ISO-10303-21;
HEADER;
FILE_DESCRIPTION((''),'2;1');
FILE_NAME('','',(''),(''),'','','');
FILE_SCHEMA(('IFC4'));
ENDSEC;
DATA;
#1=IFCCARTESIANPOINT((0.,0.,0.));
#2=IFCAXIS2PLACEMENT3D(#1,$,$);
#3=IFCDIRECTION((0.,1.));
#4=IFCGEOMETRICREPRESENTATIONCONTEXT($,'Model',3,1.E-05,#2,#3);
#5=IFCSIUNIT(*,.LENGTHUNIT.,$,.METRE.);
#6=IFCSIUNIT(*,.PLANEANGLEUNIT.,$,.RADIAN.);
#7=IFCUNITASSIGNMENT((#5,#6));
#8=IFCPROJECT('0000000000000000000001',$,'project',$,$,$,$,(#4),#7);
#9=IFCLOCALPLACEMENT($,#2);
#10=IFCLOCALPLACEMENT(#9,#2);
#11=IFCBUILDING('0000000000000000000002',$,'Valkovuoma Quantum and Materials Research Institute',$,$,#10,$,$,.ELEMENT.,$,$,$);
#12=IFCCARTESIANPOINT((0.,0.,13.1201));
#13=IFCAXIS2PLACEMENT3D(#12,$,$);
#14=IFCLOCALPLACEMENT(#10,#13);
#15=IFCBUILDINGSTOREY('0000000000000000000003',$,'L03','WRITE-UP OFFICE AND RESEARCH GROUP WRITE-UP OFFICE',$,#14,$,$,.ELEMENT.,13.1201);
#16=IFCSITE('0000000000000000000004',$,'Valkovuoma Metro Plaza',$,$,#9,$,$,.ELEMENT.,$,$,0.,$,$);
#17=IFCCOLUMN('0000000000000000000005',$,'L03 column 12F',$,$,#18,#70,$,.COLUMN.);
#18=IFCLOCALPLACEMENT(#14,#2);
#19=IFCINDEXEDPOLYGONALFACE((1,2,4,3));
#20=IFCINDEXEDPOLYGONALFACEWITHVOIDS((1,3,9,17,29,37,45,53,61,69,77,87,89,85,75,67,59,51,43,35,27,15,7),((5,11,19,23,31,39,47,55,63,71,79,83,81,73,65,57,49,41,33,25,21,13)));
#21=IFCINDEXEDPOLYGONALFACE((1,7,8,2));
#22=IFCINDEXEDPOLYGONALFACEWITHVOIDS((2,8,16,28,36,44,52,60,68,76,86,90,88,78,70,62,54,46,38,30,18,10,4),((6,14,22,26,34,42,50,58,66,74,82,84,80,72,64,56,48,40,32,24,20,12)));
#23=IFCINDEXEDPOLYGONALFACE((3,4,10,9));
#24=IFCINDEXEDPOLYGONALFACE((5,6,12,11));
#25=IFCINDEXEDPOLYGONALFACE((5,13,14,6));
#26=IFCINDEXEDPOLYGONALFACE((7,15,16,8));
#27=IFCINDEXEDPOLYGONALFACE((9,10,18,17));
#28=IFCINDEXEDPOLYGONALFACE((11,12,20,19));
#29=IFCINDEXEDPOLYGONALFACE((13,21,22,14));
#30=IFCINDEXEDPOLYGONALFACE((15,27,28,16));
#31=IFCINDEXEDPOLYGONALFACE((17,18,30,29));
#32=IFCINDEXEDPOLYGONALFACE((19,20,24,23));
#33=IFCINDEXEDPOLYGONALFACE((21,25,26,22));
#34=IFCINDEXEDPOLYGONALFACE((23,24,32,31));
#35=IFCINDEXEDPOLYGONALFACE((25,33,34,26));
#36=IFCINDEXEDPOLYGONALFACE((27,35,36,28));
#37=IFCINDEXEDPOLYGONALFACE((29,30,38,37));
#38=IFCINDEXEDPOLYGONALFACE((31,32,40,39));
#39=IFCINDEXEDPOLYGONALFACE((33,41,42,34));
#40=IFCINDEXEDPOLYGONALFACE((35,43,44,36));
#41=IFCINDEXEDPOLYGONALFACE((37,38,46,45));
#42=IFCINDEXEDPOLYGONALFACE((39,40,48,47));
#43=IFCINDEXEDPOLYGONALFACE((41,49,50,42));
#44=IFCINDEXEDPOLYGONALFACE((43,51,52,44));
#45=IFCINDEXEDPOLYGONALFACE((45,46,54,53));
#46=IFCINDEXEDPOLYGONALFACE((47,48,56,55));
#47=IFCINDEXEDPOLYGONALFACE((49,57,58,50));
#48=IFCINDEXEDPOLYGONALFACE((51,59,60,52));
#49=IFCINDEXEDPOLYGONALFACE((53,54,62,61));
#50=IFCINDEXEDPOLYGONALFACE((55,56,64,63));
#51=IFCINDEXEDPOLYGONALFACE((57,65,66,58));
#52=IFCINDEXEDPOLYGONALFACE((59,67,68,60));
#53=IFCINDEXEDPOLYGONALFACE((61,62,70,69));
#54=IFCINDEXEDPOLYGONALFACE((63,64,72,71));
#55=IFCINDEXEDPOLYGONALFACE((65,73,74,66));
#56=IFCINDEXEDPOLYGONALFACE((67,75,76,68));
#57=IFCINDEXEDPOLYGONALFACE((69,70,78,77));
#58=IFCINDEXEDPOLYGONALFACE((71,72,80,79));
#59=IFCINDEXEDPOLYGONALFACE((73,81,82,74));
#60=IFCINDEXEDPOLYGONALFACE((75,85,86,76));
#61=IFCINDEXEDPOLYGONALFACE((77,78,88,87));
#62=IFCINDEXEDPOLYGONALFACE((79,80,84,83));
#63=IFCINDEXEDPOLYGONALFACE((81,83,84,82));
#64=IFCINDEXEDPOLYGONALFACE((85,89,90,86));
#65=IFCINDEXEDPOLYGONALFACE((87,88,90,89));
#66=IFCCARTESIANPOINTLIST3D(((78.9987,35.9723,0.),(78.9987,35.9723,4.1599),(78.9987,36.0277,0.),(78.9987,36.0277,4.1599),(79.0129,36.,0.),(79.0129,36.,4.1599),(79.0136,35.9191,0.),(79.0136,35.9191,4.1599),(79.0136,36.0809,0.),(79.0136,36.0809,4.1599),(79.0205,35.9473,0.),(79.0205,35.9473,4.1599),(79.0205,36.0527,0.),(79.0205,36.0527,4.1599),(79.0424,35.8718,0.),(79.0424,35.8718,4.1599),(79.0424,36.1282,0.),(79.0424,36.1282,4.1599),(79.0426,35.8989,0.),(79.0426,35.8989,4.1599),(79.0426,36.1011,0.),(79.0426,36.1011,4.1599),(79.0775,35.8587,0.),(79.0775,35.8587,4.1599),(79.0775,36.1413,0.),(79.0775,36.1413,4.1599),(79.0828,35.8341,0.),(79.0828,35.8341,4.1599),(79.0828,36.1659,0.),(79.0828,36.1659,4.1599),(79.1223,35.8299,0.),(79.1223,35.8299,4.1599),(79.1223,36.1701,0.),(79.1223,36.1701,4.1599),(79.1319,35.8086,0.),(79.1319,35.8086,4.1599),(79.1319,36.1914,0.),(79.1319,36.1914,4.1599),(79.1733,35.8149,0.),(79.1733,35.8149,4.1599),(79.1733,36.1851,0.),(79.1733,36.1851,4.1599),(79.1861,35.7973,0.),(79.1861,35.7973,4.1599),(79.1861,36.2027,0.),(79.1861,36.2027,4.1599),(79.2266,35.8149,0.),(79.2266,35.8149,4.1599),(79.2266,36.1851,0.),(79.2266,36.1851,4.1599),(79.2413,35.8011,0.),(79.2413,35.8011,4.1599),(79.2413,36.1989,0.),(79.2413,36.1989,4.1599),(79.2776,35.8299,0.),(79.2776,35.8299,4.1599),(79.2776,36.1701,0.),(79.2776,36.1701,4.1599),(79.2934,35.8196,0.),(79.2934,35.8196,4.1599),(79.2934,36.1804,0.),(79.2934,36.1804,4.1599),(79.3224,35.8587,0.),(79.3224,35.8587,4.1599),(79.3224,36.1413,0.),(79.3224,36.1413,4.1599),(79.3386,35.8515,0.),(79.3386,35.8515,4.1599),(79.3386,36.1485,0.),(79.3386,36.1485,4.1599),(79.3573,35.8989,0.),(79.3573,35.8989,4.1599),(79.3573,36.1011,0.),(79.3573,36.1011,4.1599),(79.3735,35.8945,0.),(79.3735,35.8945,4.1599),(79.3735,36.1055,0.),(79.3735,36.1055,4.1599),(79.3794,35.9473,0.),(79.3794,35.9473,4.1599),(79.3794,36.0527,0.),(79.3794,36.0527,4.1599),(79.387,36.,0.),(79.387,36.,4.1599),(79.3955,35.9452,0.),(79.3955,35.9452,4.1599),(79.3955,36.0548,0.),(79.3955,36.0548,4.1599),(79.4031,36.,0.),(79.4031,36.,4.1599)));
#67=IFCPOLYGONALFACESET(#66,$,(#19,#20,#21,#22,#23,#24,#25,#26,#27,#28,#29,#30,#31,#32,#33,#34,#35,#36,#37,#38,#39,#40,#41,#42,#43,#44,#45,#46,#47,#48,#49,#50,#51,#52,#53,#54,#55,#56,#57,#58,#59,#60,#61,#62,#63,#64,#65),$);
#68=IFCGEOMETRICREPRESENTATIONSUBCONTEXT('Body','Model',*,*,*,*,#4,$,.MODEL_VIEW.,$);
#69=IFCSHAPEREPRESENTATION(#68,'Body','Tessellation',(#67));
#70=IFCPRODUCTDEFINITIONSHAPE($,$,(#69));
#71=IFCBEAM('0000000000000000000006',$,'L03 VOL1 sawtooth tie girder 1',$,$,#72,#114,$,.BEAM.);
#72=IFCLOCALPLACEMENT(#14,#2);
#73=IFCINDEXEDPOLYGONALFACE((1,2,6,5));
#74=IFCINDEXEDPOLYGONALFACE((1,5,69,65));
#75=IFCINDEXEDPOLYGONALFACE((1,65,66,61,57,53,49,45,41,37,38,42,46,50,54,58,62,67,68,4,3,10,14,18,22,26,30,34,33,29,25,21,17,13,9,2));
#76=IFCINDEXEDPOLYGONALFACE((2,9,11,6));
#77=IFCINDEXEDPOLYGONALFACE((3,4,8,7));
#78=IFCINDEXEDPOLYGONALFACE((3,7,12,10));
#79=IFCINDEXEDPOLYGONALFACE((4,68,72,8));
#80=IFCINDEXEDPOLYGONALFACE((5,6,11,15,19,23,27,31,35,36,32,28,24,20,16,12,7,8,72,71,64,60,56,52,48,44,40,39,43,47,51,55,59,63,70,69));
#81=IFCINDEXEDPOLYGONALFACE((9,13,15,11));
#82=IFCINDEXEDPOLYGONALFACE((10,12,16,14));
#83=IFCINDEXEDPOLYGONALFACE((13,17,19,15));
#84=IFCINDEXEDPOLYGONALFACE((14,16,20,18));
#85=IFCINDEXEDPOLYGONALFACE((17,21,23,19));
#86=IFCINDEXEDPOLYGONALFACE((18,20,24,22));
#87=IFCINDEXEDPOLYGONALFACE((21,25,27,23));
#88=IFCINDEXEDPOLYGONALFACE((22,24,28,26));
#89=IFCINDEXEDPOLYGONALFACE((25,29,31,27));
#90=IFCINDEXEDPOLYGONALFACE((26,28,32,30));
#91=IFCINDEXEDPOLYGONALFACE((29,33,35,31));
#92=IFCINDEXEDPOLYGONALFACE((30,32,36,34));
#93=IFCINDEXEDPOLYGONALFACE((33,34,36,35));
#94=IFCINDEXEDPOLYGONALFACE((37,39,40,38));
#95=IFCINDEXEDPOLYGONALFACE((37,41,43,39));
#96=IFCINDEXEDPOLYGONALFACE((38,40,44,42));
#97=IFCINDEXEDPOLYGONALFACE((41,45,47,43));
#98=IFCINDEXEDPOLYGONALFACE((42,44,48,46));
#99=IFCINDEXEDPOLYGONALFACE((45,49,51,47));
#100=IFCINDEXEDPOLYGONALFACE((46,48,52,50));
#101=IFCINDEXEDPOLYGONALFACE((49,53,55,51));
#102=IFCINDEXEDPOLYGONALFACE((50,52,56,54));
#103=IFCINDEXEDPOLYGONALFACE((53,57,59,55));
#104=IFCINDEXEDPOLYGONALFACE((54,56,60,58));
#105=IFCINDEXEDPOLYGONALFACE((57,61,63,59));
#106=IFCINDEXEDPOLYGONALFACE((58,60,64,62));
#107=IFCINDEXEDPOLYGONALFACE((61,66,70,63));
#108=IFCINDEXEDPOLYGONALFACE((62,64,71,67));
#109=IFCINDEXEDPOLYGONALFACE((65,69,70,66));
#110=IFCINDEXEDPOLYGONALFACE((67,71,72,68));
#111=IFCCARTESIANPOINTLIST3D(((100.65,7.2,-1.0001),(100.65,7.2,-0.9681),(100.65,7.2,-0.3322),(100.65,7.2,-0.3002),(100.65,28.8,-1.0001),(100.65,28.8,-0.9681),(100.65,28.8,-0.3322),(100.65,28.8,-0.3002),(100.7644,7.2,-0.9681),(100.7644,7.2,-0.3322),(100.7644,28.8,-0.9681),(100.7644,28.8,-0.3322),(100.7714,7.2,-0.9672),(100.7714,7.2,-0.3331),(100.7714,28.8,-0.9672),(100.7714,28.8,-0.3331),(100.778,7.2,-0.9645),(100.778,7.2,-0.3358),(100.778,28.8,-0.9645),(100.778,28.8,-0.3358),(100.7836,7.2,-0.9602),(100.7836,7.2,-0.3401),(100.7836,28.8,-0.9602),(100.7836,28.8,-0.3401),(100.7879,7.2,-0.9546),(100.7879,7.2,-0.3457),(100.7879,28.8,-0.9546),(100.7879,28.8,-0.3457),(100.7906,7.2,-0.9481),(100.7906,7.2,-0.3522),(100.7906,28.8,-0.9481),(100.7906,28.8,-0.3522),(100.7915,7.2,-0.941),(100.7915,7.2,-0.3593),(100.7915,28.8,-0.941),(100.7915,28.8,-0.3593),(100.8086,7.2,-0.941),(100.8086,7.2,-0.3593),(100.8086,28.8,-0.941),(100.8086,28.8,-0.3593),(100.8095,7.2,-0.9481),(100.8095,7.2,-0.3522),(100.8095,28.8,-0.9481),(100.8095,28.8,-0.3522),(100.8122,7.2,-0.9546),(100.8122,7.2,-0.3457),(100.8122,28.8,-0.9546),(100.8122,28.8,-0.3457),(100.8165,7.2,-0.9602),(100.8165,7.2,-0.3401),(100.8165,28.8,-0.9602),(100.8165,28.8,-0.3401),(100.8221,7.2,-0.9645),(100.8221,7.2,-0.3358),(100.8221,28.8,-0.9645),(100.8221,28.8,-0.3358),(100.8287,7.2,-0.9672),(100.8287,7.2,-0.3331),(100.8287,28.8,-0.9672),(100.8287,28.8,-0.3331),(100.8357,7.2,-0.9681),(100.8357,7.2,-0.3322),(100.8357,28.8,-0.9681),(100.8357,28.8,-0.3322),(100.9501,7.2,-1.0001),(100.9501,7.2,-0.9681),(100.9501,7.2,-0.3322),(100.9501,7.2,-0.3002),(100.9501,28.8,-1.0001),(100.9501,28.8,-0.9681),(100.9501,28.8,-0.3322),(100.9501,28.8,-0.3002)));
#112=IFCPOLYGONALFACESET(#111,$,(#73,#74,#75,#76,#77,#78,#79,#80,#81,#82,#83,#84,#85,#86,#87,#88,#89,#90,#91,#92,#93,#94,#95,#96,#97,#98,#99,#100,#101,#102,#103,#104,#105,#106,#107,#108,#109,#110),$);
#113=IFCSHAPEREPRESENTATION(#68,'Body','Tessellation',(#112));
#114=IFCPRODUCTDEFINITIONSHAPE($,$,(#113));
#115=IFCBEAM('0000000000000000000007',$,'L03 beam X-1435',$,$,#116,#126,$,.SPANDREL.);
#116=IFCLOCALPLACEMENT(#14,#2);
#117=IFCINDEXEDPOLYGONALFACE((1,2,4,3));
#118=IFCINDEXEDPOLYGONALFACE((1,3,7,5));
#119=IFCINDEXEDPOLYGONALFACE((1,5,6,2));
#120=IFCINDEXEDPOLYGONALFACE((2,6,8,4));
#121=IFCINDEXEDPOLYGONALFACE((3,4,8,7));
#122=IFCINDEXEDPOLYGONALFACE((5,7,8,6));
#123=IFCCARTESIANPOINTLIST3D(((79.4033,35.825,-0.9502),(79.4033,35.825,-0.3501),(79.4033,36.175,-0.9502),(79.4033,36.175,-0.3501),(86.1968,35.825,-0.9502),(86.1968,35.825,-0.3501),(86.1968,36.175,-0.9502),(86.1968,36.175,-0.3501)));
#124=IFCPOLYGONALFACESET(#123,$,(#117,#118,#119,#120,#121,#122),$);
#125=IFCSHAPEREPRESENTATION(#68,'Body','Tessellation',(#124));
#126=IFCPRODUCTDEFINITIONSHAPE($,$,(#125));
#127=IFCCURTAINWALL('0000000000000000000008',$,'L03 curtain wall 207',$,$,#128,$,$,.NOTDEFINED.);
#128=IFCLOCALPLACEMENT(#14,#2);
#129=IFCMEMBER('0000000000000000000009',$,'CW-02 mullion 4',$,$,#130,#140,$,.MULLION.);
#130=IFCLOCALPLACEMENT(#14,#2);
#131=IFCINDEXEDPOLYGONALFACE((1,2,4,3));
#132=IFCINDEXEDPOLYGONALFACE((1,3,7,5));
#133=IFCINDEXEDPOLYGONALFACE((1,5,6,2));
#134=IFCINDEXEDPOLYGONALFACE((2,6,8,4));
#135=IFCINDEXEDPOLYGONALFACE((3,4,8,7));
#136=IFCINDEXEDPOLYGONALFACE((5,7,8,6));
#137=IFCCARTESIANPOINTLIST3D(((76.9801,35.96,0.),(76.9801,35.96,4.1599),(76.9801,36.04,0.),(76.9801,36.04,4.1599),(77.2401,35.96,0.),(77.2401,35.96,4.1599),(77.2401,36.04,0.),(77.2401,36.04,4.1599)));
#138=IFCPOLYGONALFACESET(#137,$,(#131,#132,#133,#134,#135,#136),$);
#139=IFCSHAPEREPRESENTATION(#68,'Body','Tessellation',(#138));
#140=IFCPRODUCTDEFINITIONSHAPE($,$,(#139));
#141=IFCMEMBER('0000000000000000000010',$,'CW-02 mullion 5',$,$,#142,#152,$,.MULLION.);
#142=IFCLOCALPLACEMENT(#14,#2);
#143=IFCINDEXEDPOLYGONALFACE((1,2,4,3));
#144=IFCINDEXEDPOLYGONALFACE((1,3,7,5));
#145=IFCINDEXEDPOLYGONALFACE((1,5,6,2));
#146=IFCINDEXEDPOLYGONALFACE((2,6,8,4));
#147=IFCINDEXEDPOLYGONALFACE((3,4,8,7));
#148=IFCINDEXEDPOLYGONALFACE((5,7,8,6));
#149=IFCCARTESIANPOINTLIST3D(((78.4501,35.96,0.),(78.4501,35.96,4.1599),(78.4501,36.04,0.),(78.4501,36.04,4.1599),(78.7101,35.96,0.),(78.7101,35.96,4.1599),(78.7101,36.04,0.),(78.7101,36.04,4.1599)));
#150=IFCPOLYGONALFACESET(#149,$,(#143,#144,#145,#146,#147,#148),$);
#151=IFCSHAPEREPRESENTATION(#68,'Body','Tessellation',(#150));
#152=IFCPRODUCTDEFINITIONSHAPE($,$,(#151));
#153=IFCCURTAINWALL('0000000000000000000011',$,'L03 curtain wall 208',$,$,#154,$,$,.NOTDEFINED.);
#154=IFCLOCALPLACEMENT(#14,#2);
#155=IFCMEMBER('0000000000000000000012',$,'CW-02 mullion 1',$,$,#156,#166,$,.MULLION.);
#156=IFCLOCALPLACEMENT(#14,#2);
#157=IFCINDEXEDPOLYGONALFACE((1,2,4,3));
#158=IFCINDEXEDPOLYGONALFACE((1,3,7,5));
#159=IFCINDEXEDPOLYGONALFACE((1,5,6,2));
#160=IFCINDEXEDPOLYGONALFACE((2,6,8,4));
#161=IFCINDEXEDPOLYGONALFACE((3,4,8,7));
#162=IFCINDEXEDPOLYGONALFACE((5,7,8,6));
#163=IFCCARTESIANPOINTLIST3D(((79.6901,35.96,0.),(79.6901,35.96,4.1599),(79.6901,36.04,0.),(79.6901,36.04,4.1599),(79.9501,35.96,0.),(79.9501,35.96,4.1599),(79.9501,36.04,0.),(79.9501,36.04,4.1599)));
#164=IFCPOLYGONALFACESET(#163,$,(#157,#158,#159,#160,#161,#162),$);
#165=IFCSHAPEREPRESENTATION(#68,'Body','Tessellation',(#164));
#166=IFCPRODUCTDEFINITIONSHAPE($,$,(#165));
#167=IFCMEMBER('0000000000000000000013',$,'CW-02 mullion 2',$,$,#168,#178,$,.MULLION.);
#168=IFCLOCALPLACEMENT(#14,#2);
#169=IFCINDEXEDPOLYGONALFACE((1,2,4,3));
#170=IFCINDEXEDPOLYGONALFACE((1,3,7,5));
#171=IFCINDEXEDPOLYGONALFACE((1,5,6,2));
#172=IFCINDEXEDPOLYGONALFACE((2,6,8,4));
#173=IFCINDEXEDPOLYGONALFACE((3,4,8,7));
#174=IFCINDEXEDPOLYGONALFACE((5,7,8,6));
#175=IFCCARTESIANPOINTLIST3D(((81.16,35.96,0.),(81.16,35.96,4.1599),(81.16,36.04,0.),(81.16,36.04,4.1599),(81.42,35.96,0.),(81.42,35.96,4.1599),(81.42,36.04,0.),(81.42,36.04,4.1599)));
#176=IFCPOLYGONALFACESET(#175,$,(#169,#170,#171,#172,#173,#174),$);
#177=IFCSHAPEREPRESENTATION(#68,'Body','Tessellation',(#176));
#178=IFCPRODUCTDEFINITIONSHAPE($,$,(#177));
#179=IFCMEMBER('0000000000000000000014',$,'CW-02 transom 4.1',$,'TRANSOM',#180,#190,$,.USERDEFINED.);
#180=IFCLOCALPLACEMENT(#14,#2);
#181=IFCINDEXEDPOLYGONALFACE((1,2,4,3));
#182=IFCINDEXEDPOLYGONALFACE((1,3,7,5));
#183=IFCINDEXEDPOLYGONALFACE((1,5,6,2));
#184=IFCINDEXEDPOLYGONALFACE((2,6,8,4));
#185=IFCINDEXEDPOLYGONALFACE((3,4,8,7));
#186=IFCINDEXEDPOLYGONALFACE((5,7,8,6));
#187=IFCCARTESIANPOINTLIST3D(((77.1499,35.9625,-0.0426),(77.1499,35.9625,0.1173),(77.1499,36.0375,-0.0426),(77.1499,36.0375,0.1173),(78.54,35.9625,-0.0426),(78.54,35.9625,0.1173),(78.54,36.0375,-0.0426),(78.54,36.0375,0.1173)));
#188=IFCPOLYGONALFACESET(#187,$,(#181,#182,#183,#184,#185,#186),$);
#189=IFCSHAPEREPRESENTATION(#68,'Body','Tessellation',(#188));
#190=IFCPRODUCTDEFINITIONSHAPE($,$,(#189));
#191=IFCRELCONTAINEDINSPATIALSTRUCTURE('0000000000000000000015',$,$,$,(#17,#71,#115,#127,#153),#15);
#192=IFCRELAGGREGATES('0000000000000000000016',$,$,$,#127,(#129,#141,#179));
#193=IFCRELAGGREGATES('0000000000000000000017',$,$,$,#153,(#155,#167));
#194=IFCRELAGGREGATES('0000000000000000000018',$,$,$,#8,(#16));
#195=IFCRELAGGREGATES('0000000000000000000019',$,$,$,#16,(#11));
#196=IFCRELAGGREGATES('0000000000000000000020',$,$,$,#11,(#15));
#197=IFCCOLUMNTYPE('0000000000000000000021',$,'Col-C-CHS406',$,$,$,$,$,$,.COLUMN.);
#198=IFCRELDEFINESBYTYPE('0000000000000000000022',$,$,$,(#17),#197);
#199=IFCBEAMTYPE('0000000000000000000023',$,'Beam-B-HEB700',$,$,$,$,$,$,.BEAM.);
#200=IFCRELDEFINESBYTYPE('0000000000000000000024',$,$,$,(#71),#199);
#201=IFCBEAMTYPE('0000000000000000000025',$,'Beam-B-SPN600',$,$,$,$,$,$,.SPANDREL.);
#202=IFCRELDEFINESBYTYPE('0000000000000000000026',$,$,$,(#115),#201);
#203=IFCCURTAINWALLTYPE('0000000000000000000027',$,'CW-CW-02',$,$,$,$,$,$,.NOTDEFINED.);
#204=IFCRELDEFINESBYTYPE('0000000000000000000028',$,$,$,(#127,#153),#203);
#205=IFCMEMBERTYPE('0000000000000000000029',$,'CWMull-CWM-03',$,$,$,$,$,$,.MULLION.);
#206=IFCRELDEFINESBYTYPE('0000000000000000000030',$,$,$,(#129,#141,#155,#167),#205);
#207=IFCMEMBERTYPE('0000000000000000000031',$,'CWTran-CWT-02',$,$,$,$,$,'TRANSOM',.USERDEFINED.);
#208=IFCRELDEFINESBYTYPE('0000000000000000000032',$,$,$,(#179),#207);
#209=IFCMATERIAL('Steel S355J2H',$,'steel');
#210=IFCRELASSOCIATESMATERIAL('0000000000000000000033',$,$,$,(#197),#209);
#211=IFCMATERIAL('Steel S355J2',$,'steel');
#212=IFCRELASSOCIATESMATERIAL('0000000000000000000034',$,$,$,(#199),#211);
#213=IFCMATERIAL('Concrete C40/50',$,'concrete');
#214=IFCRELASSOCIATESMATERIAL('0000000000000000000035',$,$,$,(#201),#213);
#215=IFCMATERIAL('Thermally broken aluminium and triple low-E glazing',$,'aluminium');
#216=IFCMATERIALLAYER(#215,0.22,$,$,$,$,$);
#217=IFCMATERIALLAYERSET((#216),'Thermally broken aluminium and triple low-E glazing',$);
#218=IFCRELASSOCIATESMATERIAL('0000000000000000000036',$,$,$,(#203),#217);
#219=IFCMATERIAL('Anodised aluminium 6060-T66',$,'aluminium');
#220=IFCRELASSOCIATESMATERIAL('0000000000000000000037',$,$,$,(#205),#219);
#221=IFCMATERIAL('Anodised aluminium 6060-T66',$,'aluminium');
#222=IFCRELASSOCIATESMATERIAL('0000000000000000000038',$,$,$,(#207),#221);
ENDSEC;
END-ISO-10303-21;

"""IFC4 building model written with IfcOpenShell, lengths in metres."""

from ifc_helpers import new_model, si_unit, direction, frame, origin, origin_2d, place, context, subcontext, project, spatial, rectangle, hollow_circle, i_section, extrude, material, layer, layer_set, material_profile, profile_set, type_object, element, aggregate, save


model = new_model("IFC4")

# Units and contexts
model_context = context("Model", 3, precision=1e-05, world=origin(), true_north=direction((0.0, 1.0)))
body_context = subcontext(model_context, "Body", "Model", "MODEL_VIEW")
ifc_project = project(units=[si_unit("LENGTHUNIT", "METRE"), si_unit("PLANEANGLEUNIT", "RADIAN")], contexts=[model_context])

# Site, building, storey
site_placement = place(None, origin())
site = spatial("IfcSite", under=ifc_project, at=site_placement, Name="Valkovuoma Metro Plaza", CompositionType="ELEMENT", RefElevation=0.0)
building_placement = place(site_placement, origin())
building = spatial("IfcBuilding", under=site, at=building_placement, Name="Valkovuoma Quantum and Materials Research Institute", CompositionType="ELEMENT")
storey_placement = place(building_placement, frame((0.0, 0.0, 13.1201)))
storey = spatial("IfcBuildingStorey", under=building, at=storey_placement, Name="L03", Description="WRITE-UP OFFICE AND RESEARCH GROUP WRITE-UP OFFICE", CompositionType="ELEMENT", Elevation=13.1201)

# Column
ifc_material_1 = material(Name="Steel S355J2H", Category="steel")
ifc_material_profile_1 = material_profile(ifc_material_1, hollow_circle(Radius=0.2031, WallThickness=0.0161, at=origin_2d()), Name="Steel S355J2H")
ifc_profile_set_1 = profile_set([ifc_material_profile_1], Name="Steel S355J2H")
column_type = type_object("IfcColumnType", Name="Col-C-CHS406", PredefinedType="COLUMN", material=ifc_profile_set_1)
column_placement = place(storey_placement, frame((79.2, 36.0, 0.0), z_axis=(0.0, 0.0, 1.0), x_axis=(1.0, 0.0, 0.0)))
element("IfcColumn", 1, at=column_placement, inside=storey, type_object=column_type, Name="L03 column 12F", PredefinedType="COLUMN", context=body_context, shape_type="SweptSolid", body=[
    extrude(hollow_circle(Radius=0.2031, WallThickness=0.0161, at=origin_2d()), origin(), (0.0, 0.0, 1.0), 4.1599),
])

# Beams
ifc_material_2 = material(Name="Steel S355J2", Category="steel")
ifc_material_profile_2 = material_profile(ifc_material_2, i_section(OverallWidth=0.3, OverallDepth=0.7, WebThickness=0.0171, FlangeThickness=0.032, FilletRadius=0.0271, at=origin_2d()), Name="Steel S355J2")
ifc_profile_set_2 = profile_set([ifc_material_profile_2], Name="Steel S355J2")
beam_type_1 = type_object("IfcBeamType", Name="Beam-B-HEB700", PredefinedType="BEAM", material=ifc_profile_set_2)
beam_1_placement = place(storey_placement, frame((100.8, 7.2, -0.6501), z_axis=(0.0, 1.0, 0.0), x_axis=(-1.0, 0.0, 0.0)))
element("IfcBeam", 2, at=beam_1_placement, inside=storey, type_object=beam_type_1, Name="L03 VOL1 sawtooth tie girder 1", PredefinedType="BEAM", context=body_context, shape_type="SweptSolid", body=[
    extrude(i_section(OverallWidth=0.3, OverallDepth=0.7, WebThickness=0.0171, FlangeThickness=0.032, FilletRadius=0.0271, at=origin_2d()), origin(), (0.0, 0.0, 1.0), 21.6001),
])
ifc_material_3 = material(Name="Concrete C40/50", Category="concrete")
ifc_material_profile_3 = material_profile(ifc_material_3, rectangle(XDim=0.3501, YDim=0.6001, at=origin_2d()), Name="Concrete C40/50")
ifc_profile_set_3 = profile_set([ifc_material_profile_3], Name="Concrete C40/50")
beam_type_2 = type_object("IfcBeamType", Name="Beam-B-SPN600", PredefinedType="SPANDREL", material=ifc_profile_set_3)
beam_2_placement = place(storey_placement, frame((79.4033, 36.0, -0.6501), z_axis=(1.0, 0.0, 0.0), x_axis=(0.0, 1.0, 0.0)))
element("IfcBeam", 3, at=beam_2_placement, inside=storey, type_object=beam_type_2, Name="L03 beam X-1435", PredefinedType="SPANDREL", context=body_context, shape_type="SweptSolid", body=[
    extrude(rectangle(XDim=0.3501, YDim=0.6001, at=origin_2d()), origin(), (0.0, 0.0, 1.0), 6.7935),
])

# Curtain walls, members
ifc_material_4 = material(Name="Thermally broken aluminium and triple low-E glazing", Category="aluminium")
ifc_layer_1 = layer(ifc_material_4, 0.22)
ifc_layer_set_1 = layer_set([ifc_layer_1], Name="Thermally broken aluminium and triple low-E glazing")
curtain_wall_type = type_object("IfcCurtainWallType", Name="CW-CW-02", PredefinedType="NOTDEFINED", material=ifc_layer_set_1)
curtain_wall_1_placement = place(storey_placement, origin())
curtain_wall_1 = element("IfcCurtainWall", 4, at=curtain_wall_1_placement, inside=storey, type_object=curtain_wall_type, Name="L03 curtain wall 207", PredefinedType="NOTDEFINED")
ifc_material_5 = material(Name="Anodised aluminium 6060-T66", Category="aluminium")
ifc_material_profile_4 = material_profile(ifc_material_5, rectangle(XDim=0.0801, YDim=0.26, at=origin_2d()), Name="Anodised aluminium 6060-T66")
ifc_profile_set_4 = profile_set([ifc_material_profile_4], Name="Anodised aluminium 6060-T66")
member_type_1 = type_object("IfcMemberType", Name="CWMull-CWM-03", PredefinedType="MULLION", material=ifc_profile_set_4)
member_1_placement = place(storey_placement, frame((77.1101, 36.0, 0.0), z_axis=(0.0, 0.0, 1.0), x_axis=(0.0, 1.0, 0.0)))
member_1 = element("IfcMember", 5, at=member_1_placement, type_object=member_type_1, Name="CW-02 mullion 4", PredefinedType="MULLION", context=body_context, shape_type="SweptSolid", body=[
    extrude(rectangle(XDim=0.0801, YDim=0.26, at=origin_2d()), origin(), (0.0, 0.0, 1.0), 4.1599),
])
member_2_placement = place(storey_placement, frame((78.5801, 36.0, 0.0), z_axis=(0.0, 0.0, 1.0), x_axis=(0.0, 1.0, 0.0)))
member_2 = element("IfcMember", 6, at=member_2_placement, type_object=member_type_1, Name="CW-02 mullion 5", PredefinedType="MULLION", context=body_context, shape_type="SweptSolid", body=[
    extrude(rectangle(XDim=0.0801, YDim=0.26, at=origin_2d()), origin(), (0.0, 0.0, 1.0), 4.1599),
])
curtain_wall_2_placement = place(storey_placement, origin())
curtain_wall_2 = element("IfcCurtainWall", 7, at=curtain_wall_2_placement, inside=storey, type_object=curtain_wall_type, Name="L03 curtain wall 208", PredefinedType="NOTDEFINED")
member_3_placement = place(storey_placement, frame((79.8201, 36.0, 0.0), z_axis=(0.0, 0.0, 1.0), x_axis=(0.0, 1.0, 0.0)))
member_3 = element("IfcMember", 8, at=member_3_placement, type_object=member_type_1, Name="CW-02 mullion 1", PredefinedType="MULLION", context=body_context, shape_type="SweptSolid", body=[
    extrude(rectangle(XDim=0.0801, YDim=0.26, at=origin_2d()), origin(), (0.0, 0.0, 1.0), 4.1599),
])
member_4_placement = place(storey_placement, frame((81.29, 36.0, 0.0), z_axis=(0.0, 0.0, 1.0), x_axis=(0.0, 1.0, 0.0)))
member_4 = element("IfcMember", 9, at=member_4_placement, type_object=member_type_1, Name="CW-02 mullion 2", PredefinedType="MULLION", context=body_context, shape_type="SweptSolid", body=[
    extrude(rectangle(XDim=0.0801, YDim=0.26, at=origin_2d()), origin(), (0.0, 0.0, 1.0), 4.1599),
])

# Member
ifc_material_6 = material(Name="Anodised aluminium 6060-T66", Category="aluminium")
ifc_material_profile_5 = material_profile(ifc_material_6, rectangle(XDim=0.075, YDim=0.1599, at=origin_2d()), Name="Anodised aluminium 6060-T66")
ifc_profile_set_5 = profile_set([ifc_material_profile_5], Name="Anodised aluminium 6060-T66")
member_type_2 = type_object("IfcMemberType", Name="CWTran-CWT-02", ElementType="TRANSOM", PredefinedType="USERDEFINED", material=ifc_profile_set_5)
member_5_placement = place(storey_placement, frame((77.1499, 36.0, 0.0374), z_axis=(1.0, 0.0, 0.0), x_axis=(0.0, 1.0, 0.0)))
member_5 = element("IfcMember", 10, at=member_5_placement, type_object=member_type_2, Name="CW-02 transom 4.1", ObjectType="TRANSOM", PredefinedType="USERDEFINED", context=body_context, shape_type="SweptSolid", body=[
    extrude(rectangle(XDim=0.075, YDim=0.1599, at=origin_2d()), origin(), (0.0, 0.0, 1.0), 1.3901),
])

aggregate(curtain_wall_1, [member_1, member_2, member_5])
aggregate(curtain_wall_2, [member_3, member_4])

save(model, "model.ifc")
